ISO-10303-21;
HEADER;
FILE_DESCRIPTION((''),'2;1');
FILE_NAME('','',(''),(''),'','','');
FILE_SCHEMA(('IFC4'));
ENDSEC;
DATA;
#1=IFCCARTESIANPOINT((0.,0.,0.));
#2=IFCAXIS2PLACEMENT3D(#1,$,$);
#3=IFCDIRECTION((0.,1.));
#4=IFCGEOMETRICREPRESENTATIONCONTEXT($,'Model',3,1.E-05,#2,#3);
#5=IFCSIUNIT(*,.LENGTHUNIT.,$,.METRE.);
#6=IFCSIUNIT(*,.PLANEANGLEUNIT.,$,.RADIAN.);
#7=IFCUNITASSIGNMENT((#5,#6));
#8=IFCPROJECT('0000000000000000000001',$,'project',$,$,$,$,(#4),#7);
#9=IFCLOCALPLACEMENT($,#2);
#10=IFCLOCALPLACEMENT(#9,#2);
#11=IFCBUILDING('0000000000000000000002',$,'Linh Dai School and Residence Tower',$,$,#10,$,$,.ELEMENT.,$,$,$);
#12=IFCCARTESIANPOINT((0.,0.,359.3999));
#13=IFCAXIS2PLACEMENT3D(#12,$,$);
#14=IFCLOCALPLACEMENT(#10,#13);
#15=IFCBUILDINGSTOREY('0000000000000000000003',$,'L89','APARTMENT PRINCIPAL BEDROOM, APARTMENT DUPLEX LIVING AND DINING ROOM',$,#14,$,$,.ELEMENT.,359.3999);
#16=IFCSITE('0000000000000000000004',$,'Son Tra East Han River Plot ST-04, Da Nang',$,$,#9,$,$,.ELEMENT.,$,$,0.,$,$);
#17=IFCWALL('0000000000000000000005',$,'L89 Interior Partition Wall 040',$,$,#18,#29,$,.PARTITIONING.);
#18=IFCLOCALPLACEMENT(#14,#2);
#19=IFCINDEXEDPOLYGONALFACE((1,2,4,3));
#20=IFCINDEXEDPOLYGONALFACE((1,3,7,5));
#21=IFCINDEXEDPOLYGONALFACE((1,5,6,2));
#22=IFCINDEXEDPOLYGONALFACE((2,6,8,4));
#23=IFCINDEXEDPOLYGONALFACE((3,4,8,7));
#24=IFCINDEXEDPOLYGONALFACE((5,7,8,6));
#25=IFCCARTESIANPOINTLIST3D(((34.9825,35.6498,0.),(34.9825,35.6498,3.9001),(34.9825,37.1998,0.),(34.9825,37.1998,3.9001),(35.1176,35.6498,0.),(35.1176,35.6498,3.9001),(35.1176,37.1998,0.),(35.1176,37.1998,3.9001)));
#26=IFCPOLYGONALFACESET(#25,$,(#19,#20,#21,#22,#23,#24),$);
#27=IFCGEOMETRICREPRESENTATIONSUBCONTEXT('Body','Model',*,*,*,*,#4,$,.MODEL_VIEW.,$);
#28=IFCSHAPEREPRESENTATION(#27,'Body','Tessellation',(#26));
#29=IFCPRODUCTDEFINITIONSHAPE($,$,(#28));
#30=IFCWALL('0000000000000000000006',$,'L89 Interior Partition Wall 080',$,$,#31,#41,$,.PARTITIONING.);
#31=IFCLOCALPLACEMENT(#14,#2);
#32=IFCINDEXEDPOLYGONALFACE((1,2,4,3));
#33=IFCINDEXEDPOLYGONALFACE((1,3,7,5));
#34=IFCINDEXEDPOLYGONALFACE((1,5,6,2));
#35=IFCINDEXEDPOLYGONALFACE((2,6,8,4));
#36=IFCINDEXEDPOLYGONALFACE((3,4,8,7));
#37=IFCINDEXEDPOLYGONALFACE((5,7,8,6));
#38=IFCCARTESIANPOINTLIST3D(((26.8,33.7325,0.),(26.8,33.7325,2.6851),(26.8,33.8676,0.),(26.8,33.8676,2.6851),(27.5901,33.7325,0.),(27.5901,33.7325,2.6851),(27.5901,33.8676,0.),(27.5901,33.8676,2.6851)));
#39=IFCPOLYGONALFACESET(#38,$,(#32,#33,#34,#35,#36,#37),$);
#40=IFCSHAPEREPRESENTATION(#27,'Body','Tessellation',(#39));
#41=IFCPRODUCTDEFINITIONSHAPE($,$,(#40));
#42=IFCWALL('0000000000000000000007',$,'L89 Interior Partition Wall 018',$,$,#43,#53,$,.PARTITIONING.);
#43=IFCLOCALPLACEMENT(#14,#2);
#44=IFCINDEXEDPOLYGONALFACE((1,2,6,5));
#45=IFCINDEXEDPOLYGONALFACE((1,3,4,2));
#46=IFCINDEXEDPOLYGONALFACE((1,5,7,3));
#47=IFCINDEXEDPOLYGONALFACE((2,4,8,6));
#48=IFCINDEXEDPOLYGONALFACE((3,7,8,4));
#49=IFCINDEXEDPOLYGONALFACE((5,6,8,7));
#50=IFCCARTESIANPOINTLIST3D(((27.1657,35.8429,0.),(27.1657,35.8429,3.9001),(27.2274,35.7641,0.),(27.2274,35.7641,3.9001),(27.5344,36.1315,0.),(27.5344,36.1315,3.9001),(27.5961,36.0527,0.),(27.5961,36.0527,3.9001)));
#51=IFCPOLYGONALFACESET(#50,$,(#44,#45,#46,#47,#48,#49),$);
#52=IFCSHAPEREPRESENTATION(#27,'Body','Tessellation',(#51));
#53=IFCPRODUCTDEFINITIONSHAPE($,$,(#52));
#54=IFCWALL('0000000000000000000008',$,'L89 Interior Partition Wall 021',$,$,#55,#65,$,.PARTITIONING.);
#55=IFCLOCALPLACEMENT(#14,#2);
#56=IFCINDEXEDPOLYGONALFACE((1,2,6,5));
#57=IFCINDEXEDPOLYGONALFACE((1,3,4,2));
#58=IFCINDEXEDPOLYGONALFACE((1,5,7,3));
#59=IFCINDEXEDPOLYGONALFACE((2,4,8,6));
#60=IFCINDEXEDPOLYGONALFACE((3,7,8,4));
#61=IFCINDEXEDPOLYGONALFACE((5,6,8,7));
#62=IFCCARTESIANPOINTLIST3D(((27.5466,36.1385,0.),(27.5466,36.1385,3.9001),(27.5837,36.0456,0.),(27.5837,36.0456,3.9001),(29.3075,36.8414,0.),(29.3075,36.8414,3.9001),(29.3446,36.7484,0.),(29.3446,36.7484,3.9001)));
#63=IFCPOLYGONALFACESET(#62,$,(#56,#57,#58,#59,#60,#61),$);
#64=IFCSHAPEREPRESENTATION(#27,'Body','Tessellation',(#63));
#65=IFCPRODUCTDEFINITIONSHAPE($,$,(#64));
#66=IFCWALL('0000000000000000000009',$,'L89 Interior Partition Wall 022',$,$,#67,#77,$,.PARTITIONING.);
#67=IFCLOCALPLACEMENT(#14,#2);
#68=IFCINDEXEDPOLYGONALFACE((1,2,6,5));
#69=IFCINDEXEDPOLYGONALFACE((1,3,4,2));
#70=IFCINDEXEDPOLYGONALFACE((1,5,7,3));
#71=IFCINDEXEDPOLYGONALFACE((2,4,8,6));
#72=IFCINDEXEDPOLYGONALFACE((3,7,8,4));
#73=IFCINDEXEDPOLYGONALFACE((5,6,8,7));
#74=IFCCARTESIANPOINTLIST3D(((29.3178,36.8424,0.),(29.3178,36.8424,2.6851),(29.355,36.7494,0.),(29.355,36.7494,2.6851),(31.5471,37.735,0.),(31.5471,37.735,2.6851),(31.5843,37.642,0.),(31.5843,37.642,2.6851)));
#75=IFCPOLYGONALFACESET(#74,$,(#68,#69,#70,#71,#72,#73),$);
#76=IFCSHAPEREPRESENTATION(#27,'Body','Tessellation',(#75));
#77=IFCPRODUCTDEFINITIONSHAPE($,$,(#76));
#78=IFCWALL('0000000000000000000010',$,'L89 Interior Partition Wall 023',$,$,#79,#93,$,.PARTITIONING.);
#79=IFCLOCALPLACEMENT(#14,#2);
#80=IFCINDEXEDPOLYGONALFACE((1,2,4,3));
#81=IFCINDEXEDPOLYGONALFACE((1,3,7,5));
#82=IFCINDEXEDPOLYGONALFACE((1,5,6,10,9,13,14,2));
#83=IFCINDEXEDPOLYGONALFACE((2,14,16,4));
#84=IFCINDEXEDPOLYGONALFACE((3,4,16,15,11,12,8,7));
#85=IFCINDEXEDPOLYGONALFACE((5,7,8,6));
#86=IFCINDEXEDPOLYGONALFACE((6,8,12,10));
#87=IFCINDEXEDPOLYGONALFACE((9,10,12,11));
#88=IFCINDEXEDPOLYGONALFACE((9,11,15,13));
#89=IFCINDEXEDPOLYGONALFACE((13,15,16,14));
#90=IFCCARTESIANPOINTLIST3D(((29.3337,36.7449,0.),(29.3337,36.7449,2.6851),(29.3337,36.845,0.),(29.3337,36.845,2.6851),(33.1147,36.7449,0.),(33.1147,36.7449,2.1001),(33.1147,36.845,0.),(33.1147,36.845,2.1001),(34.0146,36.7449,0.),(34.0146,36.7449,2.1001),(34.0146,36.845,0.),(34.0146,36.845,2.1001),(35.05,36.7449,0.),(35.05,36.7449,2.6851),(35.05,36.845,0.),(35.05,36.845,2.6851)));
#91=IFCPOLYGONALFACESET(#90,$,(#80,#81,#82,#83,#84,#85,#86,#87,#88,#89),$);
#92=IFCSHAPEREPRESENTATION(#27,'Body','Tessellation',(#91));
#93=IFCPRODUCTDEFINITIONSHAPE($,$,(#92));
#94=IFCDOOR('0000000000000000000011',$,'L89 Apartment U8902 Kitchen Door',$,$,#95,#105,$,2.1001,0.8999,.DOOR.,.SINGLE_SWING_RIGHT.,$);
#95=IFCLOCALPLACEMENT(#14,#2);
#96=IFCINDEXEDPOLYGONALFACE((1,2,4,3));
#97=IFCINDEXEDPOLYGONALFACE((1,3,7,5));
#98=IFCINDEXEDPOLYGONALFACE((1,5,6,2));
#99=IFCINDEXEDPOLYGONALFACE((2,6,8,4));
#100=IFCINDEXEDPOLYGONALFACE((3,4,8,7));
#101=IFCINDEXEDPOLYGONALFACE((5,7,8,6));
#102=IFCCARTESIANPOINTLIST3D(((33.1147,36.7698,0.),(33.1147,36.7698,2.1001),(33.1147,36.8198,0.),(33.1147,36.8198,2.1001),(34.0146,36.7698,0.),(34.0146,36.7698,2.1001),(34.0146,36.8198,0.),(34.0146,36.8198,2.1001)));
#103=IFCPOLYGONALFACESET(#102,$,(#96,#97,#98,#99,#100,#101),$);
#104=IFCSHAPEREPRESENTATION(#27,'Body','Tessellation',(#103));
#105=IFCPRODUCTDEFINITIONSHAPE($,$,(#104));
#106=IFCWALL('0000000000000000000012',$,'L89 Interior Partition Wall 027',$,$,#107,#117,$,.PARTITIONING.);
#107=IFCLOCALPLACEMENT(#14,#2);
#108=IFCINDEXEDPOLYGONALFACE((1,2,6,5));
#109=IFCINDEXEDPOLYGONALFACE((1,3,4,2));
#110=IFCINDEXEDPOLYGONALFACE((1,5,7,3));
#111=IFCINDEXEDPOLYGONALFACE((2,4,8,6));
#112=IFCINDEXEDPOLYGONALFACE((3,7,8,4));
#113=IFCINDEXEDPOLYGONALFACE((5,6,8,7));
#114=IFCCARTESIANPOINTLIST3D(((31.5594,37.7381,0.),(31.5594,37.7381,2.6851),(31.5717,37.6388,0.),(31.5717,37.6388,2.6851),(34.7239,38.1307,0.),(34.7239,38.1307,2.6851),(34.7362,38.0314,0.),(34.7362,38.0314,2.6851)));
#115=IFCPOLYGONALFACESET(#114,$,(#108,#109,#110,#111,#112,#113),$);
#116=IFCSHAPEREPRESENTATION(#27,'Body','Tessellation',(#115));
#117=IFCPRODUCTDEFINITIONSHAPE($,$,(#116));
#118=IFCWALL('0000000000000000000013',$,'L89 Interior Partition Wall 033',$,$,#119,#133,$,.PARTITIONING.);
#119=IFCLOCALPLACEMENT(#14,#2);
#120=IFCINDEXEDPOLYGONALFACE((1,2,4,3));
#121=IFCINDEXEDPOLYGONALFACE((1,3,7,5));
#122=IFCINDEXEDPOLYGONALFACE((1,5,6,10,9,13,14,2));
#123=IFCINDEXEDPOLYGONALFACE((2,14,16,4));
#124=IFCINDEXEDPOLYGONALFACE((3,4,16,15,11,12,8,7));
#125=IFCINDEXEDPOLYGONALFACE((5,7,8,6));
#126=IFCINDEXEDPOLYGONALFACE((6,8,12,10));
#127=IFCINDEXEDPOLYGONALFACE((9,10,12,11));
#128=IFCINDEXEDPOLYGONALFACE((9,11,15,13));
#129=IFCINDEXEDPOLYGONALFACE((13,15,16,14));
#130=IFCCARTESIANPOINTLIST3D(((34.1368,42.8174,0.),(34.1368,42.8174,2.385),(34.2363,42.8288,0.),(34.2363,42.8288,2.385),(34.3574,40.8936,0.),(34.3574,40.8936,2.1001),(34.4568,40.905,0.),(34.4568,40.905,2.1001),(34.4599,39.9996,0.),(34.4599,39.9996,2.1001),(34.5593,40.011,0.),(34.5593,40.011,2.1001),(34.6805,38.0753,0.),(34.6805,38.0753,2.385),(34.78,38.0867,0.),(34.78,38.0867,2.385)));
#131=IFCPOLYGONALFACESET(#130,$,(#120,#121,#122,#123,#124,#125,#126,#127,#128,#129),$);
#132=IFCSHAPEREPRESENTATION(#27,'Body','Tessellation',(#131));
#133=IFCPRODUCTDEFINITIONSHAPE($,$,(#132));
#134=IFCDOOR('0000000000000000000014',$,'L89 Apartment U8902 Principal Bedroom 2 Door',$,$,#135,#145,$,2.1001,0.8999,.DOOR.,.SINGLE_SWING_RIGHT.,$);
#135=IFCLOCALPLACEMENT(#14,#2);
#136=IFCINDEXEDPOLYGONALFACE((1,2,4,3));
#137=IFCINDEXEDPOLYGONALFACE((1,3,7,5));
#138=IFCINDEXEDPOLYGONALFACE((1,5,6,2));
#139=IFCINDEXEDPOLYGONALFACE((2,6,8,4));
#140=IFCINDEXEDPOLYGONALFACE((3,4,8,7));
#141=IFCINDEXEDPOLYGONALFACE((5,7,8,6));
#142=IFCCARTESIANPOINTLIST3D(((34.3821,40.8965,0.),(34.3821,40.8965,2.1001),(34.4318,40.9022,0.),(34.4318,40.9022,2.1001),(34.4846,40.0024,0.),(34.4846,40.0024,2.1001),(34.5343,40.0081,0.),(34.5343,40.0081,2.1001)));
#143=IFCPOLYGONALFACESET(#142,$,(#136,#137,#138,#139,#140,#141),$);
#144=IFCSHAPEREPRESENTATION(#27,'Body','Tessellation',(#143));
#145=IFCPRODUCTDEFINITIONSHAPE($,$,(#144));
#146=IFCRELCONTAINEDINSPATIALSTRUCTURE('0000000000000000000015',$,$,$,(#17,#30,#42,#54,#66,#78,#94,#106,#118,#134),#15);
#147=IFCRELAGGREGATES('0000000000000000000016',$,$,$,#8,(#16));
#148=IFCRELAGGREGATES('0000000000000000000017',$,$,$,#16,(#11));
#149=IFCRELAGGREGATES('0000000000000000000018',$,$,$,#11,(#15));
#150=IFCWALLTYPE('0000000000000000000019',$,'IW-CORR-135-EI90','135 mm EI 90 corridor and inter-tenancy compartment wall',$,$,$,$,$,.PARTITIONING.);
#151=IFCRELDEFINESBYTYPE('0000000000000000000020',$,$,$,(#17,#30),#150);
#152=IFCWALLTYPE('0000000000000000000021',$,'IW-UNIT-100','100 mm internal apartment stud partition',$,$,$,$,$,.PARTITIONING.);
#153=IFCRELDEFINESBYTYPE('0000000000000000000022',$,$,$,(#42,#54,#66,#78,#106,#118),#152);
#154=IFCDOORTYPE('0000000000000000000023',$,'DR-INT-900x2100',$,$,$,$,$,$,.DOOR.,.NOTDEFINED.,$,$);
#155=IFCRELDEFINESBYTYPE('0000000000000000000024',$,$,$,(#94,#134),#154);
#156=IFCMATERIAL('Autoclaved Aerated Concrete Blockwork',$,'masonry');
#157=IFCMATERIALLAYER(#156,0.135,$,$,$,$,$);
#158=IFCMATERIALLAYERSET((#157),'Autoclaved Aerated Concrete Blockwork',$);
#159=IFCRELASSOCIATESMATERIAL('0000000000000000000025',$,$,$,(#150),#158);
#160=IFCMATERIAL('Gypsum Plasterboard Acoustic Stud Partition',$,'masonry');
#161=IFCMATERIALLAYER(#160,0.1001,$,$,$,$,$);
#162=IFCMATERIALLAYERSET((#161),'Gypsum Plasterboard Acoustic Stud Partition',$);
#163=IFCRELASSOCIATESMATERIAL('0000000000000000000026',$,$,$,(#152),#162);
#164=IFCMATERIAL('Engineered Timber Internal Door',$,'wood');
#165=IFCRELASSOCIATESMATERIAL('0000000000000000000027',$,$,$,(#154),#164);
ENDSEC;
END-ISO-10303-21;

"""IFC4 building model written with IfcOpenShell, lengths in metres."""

from ifc_helpers import new_model, si_unit, direction, frame, frame_2d, origin, origin_2d, place, context, subcontext, project, spatial, rectangle, extrude, source, transform, mapped, material, layer, layer_set, type_object, element, fill, save


model = new_model("IFC4")

# Units and contexts
model_context = context("Model", 3, precision=1e-05, world=origin(), true_north=direction((0.0, 1.0)))
body_context = subcontext(model_context, "Body", "Model", "MODEL_VIEW")
ifc_project = project(units=[si_unit("LENGTHUNIT", "METRE"), si_unit("PLANEANGLEUNIT", "RADIAN")], contexts=[model_context])

# Site, building, storey
site_placement = place(None, origin())
site = spatial("IfcSite", under=ifc_project, at=site_placement, Name="Son Tra East Han River Plot ST-04, Da Nang", CompositionType="ELEMENT", RefElevation=0.0)
building_placement = place(site_placement, origin())
building = spatial("IfcBuilding", under=site, at=building_placement, Name="Linh Dai School and Residence Tower", CompositionType="ELEMENT")
storey_placement = place(building_placement, frame((0.0, 0.0, 359.3999)))
storey = spatial("IfcBuildingStorey", under=building, at=storey_placement, Name="L89", Description="APARTMENT PRINCIPAL BEDROOM, APARTMENT DUPLEX LIVING AND DINING ROOM", CompositionType="ELEMENT", Elevation=359.3999)

# Wall
ifc_material_1 = material(Name="Autoclaved Aerated Concrete Blockwork", Category="masonry")
ifc_layer_1 = layer(ifc_material_1, 0.135)
ifc_layer_set_1 = layer_set([ifc_layer_1], Name="Autoclaved Aerated Concrete Blockwork")
wall_type_1 = type_object("IfcWallType", Name="IW-CORR-135-EI90", Description="135 mm EI 90 corridor and inter-tenancy compartment wall", PredefinedType="PARTITIONING", material=ifc_layer_set_1)
wall_1_placement = place(storey_placement, frame((35.05, 35.6499, 0.0), z_axis=(0.0, 0.0, 1.0), x_axis=(0.0, 1.0, 0.0)))
element("IfcWall", 1, at=wall_1_placement, inside=storey, type_object=wall_type_1, Name="L89 Interior Partition Wall 040", PredefinedType="PARTITIONING", context=body_context, shape_type="SweptSolid", body=[
    extrude(rectangle(XDim=1.55, YDim=0.135, at=frame_2d((0.7749, 0.0))), origin(), (0.0, 0.0, 1.0), 3.9001),
])

# Walls
wall_2_placement = place(storey_placement, frame((27.5901, 33.8, 0.0), z_axis=(0.0, 0.0, 1.0), x_axis=(-1.0, 0.0, 0.0)))
element("IfcWall", 2, at=wall_2_placement, inside=storey, type_object=wall_type_1, Name="L89 Interior Partition Wall 080", PredefinedType="PARTITIONING", context=body_context, shape_type="SweptSolid", body=[
    extrude(rectangle(XDim=0.79, YDim=0.135, at=frame_2d((0.395, 0.0))), origin(), (0.0, 0.0, 1.0), 2.6851),
])
ifc_material_2 = material(Name="Gypsum Plasterboard Acoustic Stud Partition", Category="masonry")
ifc_layer_2 = layer(ifc_material_2, 0.1001)
ifc_layer_set_2 = layer_set([ifc_layer_2], Name="Gypsum Plasterboard Acoustic Stud Partition")
wall_type_2 = type_object("IfcWallType", Name="IW-UNIT-100", Description="100 mm internal apartment stud partition", PredefinedType="PARTITIONING", material=ifc_layer_set_2)
wall_3_placement = place(storey_placement, frame((27.1965, 35.8035, 0.0), z_axis=(0.0, 0.0, 1.0), x_axis=(0.787439, 0.616393, 0.0)))
element("IfcWall", 3, at=wall_3_placement, inside=storey, type_object=wall_type_2, Name="L89 Interior Partition Wall 018", PredefinedType="PARTITIONING", context=body_context, shape_type="SweptSolid", body=[
    extrude(rectangle(XDim=0.4683, YDim=0.1001, at=frame_2d((0.2341, 0.0))), origin(), (0.0, 0.0, 1.0), 3.9001),
])
wall_4_placement = place(storey_placement, frame((27.5652, 36.092, 0.0), z_axis=(0.0, 0.0, 1.0), x_axis=(0.928752, 0.370702, 0.0)))
element("IfcWall", 4, at=wall_4_placement, inside=storey, type_object=wall_type_2, Name="L89 Interior Partition Wall 021", PredefinedType="PARTITIONING", context=body_context, shape_type="SweptSolid", body=[
    extrude(rectangle(XDim=1.896, YDim=0.1001, at=frame_2d((0.948, 0.0))), origin(), (0.0, 0.0, 1.0), 3.9001),
])
wall_5_placement = place(storey_placement, frame((29.3364, 36.7959, 0.0), z_axis=(0.0, 0.0, 1.0), x_axis=(0.92835, 0.371706, 0.0)))
element("IfcWall", 5, at=wall_5_placement, inside=storey, type_object=wall_type_2, Name="L89 Interior Partition Wall 022", PredefinedType="PARTITIONING", context=body_context, shape_type="SweptSolid", body=[
    extrude(rectangle(XDim=2.4014, YDim=0.1001, at=frame_2d((1.2007, 0.0))), origin(), (0.0, 0.0, 1.0), 2.6851),
])

# Wall, opening, door
wall_6_placement = place(storey_placement, frame((29.3337, 36.7949, 0.0), z_axis=(0.0, 0.0, 1.0), x_axis=(1.0, 0.0, 0.0)))
wall_6 = element("IfcWall", 6, at=wall_6_placement, inside=storey, type_object=wall_type_2, Name="L89 Interior Partition Wall 023", PredefinedType="PARTITIONING", context=body_context, shape_type="SweptSolid", body=[
    extrude(rectangle(XDim=5.7163, YDim=0.1001, at=frame_2d((2.8582, 0.0))), origin(), (0.0, 0.0, 1.0), 2.6851),
])
opening_1_placement = place(wall_6_placement, frame((3.781, 0.0, 0.0)))
opening_1 = element("IfcOpeningElement", 7, at=opening_1_placement, cuts=wall_6, PredefinedType="OPENING", context=body_context, shape_type="SweptSolid", body=[
    extrude(rectangle(XDim=0.8999, YDim=2.1001, at=origin_2d()), frame((0.45, 0.0601, 1.05), z_axis=(0.0, -1.0, 0.0), x_axis=(1.0, 0.0, 0.0)), (0.0, 0.0, 1.0), 0.1201),
])
ifc_material_3 = material(Name="Engineered Timber Internal Door", Category="wood")
door_type_1 = type_object("IfcDoorType", Name="DR-INT-900x2100", OperationType="NOTDEFINED", PredefinedType="DOOR", material=ifc_material_3)
shared_shape_1 = source(origin(), body_context, "Body", "SweptSolid", [
    extrude(rectangle(XDim=0.8999, YDim=2.1001, at=origin_2d()), frame((0.45, 0.0249, 1.05), z_axis=(0.0, -1.0, 0.0), x_axis=(1.0, 0.0, 0.0)), (0.0, 0.0, 1.0), 0.05),
])
door_1_placement = place(opening_1_placement, origin())
door_1 = element("IfcDoor", 8, at=door_1_placement, inside=storey, type_object=door_type_1, Name="L89 Apartment U8902 Kitchen Door", OperationType="SINGLE_SWING_RIGHT", OverallHeight=2.1001, OverallWidth=0.8999, PredefinedType="DOOR", context=body_context, shape_type="MappedRepresentation", body=[
    mapped(shared_shape_1, transform((0.0, 0.0, 0.0), x_axis=(1.0, 0.0, 0.0), y_axis=(0.0, 1.0, 0.0), z_axis=(0.0, 0.0, 1.0), scale=1.0)),
])
fill(opening_1, door_1)

# Wall
wall_7_placement = place(storey_placement, frame((31.5657, 37.6885, 0.0), z_axis=(0.0, 0.0, 1.0), x_axis=(0.992393, 0.123111, 0.0)))
element("IfcWall", 9, at=wall_7_placement, inside=storey, type_object=wall_type_2, Name="L89 Interior Partition Wall 027", PredefinedType="PARTITIONING", context=body_context, shape_type="SweptSolid", body=[
    extrude(rectangle(XDim=3.1887, YDim=0.1001, at=frame_2d((1.5942, 0.0))), origin(), (0.0, 0.0, 1.0), 2.6851),
])

# Wall, opening, door
wall_8_placement = place(storey_placement, frame((34.1865, 42.8232, 0.0), z_axis=(0.0, 0.0, 1.0), x_axis=(0.113906, -0.993492, 0.0)))
wall_8 = element("IfcWall", 10, at=wall_8_placement, inside=storey, type_object=wall_type_2, Name="L89 Interior Partition Wall 033", PredefinedType="PARTITIONING", context=body_context, shape_type="SweptSolid", body=[
    extrude(rectangle(XDim=4.7732, YDim=0.1001, at=frame_2d((2.3867, 0.0))), origin(), (0.0, 0.0, 1.0), 2.385),
])
opening_2_placement = place(wall_8_placement, frame((1.9365, 0.0, 0.0)))
opening_2 = element("IfcOpeningElement", 11, at=opening_2_placement, cuts=wall_8, PredefinedType="OPENING", context=body_context, shape_type="SweptSolid", body=[
    extrude(rectangle(XDim=0.8999, YDim=2.1001, at=origin_2d()), frame((0.45, 0.0601, 1.05), z_axis=(0.0, -1.0, 0.0), x_axis=(1.0, 0.0, 0.0)), (0.0, 0.0, 1.0), 0.1201),
])
door_2_placement = place(opening_2_placement, origin())
door_2 = element("IfcDoor", 12, at=door_2_placement, inside=storey, type_object=door_type_1, Name="L89 Apartment U8902 Principal Bedroom 2 Door", OperationType="SINGLE_SWING_RIGHT", OverallHeight=2.1001, OverallWidth=0.8999, PredefinedType="DOOR", context=body_context, shape_type="MappedRepresentation", body=[
    mapped(shared_shape_1, transform((0.0, 0.0, 0.0), x_axis=(1.0, 0.0, 0.0), y_axis=(0.0, 1.0, 0.0), z_axis=(0.0, 0.0, 1.0), scale=1.0)),
])
fill(opening_2, door_2)

save(model, "model.ifc")
